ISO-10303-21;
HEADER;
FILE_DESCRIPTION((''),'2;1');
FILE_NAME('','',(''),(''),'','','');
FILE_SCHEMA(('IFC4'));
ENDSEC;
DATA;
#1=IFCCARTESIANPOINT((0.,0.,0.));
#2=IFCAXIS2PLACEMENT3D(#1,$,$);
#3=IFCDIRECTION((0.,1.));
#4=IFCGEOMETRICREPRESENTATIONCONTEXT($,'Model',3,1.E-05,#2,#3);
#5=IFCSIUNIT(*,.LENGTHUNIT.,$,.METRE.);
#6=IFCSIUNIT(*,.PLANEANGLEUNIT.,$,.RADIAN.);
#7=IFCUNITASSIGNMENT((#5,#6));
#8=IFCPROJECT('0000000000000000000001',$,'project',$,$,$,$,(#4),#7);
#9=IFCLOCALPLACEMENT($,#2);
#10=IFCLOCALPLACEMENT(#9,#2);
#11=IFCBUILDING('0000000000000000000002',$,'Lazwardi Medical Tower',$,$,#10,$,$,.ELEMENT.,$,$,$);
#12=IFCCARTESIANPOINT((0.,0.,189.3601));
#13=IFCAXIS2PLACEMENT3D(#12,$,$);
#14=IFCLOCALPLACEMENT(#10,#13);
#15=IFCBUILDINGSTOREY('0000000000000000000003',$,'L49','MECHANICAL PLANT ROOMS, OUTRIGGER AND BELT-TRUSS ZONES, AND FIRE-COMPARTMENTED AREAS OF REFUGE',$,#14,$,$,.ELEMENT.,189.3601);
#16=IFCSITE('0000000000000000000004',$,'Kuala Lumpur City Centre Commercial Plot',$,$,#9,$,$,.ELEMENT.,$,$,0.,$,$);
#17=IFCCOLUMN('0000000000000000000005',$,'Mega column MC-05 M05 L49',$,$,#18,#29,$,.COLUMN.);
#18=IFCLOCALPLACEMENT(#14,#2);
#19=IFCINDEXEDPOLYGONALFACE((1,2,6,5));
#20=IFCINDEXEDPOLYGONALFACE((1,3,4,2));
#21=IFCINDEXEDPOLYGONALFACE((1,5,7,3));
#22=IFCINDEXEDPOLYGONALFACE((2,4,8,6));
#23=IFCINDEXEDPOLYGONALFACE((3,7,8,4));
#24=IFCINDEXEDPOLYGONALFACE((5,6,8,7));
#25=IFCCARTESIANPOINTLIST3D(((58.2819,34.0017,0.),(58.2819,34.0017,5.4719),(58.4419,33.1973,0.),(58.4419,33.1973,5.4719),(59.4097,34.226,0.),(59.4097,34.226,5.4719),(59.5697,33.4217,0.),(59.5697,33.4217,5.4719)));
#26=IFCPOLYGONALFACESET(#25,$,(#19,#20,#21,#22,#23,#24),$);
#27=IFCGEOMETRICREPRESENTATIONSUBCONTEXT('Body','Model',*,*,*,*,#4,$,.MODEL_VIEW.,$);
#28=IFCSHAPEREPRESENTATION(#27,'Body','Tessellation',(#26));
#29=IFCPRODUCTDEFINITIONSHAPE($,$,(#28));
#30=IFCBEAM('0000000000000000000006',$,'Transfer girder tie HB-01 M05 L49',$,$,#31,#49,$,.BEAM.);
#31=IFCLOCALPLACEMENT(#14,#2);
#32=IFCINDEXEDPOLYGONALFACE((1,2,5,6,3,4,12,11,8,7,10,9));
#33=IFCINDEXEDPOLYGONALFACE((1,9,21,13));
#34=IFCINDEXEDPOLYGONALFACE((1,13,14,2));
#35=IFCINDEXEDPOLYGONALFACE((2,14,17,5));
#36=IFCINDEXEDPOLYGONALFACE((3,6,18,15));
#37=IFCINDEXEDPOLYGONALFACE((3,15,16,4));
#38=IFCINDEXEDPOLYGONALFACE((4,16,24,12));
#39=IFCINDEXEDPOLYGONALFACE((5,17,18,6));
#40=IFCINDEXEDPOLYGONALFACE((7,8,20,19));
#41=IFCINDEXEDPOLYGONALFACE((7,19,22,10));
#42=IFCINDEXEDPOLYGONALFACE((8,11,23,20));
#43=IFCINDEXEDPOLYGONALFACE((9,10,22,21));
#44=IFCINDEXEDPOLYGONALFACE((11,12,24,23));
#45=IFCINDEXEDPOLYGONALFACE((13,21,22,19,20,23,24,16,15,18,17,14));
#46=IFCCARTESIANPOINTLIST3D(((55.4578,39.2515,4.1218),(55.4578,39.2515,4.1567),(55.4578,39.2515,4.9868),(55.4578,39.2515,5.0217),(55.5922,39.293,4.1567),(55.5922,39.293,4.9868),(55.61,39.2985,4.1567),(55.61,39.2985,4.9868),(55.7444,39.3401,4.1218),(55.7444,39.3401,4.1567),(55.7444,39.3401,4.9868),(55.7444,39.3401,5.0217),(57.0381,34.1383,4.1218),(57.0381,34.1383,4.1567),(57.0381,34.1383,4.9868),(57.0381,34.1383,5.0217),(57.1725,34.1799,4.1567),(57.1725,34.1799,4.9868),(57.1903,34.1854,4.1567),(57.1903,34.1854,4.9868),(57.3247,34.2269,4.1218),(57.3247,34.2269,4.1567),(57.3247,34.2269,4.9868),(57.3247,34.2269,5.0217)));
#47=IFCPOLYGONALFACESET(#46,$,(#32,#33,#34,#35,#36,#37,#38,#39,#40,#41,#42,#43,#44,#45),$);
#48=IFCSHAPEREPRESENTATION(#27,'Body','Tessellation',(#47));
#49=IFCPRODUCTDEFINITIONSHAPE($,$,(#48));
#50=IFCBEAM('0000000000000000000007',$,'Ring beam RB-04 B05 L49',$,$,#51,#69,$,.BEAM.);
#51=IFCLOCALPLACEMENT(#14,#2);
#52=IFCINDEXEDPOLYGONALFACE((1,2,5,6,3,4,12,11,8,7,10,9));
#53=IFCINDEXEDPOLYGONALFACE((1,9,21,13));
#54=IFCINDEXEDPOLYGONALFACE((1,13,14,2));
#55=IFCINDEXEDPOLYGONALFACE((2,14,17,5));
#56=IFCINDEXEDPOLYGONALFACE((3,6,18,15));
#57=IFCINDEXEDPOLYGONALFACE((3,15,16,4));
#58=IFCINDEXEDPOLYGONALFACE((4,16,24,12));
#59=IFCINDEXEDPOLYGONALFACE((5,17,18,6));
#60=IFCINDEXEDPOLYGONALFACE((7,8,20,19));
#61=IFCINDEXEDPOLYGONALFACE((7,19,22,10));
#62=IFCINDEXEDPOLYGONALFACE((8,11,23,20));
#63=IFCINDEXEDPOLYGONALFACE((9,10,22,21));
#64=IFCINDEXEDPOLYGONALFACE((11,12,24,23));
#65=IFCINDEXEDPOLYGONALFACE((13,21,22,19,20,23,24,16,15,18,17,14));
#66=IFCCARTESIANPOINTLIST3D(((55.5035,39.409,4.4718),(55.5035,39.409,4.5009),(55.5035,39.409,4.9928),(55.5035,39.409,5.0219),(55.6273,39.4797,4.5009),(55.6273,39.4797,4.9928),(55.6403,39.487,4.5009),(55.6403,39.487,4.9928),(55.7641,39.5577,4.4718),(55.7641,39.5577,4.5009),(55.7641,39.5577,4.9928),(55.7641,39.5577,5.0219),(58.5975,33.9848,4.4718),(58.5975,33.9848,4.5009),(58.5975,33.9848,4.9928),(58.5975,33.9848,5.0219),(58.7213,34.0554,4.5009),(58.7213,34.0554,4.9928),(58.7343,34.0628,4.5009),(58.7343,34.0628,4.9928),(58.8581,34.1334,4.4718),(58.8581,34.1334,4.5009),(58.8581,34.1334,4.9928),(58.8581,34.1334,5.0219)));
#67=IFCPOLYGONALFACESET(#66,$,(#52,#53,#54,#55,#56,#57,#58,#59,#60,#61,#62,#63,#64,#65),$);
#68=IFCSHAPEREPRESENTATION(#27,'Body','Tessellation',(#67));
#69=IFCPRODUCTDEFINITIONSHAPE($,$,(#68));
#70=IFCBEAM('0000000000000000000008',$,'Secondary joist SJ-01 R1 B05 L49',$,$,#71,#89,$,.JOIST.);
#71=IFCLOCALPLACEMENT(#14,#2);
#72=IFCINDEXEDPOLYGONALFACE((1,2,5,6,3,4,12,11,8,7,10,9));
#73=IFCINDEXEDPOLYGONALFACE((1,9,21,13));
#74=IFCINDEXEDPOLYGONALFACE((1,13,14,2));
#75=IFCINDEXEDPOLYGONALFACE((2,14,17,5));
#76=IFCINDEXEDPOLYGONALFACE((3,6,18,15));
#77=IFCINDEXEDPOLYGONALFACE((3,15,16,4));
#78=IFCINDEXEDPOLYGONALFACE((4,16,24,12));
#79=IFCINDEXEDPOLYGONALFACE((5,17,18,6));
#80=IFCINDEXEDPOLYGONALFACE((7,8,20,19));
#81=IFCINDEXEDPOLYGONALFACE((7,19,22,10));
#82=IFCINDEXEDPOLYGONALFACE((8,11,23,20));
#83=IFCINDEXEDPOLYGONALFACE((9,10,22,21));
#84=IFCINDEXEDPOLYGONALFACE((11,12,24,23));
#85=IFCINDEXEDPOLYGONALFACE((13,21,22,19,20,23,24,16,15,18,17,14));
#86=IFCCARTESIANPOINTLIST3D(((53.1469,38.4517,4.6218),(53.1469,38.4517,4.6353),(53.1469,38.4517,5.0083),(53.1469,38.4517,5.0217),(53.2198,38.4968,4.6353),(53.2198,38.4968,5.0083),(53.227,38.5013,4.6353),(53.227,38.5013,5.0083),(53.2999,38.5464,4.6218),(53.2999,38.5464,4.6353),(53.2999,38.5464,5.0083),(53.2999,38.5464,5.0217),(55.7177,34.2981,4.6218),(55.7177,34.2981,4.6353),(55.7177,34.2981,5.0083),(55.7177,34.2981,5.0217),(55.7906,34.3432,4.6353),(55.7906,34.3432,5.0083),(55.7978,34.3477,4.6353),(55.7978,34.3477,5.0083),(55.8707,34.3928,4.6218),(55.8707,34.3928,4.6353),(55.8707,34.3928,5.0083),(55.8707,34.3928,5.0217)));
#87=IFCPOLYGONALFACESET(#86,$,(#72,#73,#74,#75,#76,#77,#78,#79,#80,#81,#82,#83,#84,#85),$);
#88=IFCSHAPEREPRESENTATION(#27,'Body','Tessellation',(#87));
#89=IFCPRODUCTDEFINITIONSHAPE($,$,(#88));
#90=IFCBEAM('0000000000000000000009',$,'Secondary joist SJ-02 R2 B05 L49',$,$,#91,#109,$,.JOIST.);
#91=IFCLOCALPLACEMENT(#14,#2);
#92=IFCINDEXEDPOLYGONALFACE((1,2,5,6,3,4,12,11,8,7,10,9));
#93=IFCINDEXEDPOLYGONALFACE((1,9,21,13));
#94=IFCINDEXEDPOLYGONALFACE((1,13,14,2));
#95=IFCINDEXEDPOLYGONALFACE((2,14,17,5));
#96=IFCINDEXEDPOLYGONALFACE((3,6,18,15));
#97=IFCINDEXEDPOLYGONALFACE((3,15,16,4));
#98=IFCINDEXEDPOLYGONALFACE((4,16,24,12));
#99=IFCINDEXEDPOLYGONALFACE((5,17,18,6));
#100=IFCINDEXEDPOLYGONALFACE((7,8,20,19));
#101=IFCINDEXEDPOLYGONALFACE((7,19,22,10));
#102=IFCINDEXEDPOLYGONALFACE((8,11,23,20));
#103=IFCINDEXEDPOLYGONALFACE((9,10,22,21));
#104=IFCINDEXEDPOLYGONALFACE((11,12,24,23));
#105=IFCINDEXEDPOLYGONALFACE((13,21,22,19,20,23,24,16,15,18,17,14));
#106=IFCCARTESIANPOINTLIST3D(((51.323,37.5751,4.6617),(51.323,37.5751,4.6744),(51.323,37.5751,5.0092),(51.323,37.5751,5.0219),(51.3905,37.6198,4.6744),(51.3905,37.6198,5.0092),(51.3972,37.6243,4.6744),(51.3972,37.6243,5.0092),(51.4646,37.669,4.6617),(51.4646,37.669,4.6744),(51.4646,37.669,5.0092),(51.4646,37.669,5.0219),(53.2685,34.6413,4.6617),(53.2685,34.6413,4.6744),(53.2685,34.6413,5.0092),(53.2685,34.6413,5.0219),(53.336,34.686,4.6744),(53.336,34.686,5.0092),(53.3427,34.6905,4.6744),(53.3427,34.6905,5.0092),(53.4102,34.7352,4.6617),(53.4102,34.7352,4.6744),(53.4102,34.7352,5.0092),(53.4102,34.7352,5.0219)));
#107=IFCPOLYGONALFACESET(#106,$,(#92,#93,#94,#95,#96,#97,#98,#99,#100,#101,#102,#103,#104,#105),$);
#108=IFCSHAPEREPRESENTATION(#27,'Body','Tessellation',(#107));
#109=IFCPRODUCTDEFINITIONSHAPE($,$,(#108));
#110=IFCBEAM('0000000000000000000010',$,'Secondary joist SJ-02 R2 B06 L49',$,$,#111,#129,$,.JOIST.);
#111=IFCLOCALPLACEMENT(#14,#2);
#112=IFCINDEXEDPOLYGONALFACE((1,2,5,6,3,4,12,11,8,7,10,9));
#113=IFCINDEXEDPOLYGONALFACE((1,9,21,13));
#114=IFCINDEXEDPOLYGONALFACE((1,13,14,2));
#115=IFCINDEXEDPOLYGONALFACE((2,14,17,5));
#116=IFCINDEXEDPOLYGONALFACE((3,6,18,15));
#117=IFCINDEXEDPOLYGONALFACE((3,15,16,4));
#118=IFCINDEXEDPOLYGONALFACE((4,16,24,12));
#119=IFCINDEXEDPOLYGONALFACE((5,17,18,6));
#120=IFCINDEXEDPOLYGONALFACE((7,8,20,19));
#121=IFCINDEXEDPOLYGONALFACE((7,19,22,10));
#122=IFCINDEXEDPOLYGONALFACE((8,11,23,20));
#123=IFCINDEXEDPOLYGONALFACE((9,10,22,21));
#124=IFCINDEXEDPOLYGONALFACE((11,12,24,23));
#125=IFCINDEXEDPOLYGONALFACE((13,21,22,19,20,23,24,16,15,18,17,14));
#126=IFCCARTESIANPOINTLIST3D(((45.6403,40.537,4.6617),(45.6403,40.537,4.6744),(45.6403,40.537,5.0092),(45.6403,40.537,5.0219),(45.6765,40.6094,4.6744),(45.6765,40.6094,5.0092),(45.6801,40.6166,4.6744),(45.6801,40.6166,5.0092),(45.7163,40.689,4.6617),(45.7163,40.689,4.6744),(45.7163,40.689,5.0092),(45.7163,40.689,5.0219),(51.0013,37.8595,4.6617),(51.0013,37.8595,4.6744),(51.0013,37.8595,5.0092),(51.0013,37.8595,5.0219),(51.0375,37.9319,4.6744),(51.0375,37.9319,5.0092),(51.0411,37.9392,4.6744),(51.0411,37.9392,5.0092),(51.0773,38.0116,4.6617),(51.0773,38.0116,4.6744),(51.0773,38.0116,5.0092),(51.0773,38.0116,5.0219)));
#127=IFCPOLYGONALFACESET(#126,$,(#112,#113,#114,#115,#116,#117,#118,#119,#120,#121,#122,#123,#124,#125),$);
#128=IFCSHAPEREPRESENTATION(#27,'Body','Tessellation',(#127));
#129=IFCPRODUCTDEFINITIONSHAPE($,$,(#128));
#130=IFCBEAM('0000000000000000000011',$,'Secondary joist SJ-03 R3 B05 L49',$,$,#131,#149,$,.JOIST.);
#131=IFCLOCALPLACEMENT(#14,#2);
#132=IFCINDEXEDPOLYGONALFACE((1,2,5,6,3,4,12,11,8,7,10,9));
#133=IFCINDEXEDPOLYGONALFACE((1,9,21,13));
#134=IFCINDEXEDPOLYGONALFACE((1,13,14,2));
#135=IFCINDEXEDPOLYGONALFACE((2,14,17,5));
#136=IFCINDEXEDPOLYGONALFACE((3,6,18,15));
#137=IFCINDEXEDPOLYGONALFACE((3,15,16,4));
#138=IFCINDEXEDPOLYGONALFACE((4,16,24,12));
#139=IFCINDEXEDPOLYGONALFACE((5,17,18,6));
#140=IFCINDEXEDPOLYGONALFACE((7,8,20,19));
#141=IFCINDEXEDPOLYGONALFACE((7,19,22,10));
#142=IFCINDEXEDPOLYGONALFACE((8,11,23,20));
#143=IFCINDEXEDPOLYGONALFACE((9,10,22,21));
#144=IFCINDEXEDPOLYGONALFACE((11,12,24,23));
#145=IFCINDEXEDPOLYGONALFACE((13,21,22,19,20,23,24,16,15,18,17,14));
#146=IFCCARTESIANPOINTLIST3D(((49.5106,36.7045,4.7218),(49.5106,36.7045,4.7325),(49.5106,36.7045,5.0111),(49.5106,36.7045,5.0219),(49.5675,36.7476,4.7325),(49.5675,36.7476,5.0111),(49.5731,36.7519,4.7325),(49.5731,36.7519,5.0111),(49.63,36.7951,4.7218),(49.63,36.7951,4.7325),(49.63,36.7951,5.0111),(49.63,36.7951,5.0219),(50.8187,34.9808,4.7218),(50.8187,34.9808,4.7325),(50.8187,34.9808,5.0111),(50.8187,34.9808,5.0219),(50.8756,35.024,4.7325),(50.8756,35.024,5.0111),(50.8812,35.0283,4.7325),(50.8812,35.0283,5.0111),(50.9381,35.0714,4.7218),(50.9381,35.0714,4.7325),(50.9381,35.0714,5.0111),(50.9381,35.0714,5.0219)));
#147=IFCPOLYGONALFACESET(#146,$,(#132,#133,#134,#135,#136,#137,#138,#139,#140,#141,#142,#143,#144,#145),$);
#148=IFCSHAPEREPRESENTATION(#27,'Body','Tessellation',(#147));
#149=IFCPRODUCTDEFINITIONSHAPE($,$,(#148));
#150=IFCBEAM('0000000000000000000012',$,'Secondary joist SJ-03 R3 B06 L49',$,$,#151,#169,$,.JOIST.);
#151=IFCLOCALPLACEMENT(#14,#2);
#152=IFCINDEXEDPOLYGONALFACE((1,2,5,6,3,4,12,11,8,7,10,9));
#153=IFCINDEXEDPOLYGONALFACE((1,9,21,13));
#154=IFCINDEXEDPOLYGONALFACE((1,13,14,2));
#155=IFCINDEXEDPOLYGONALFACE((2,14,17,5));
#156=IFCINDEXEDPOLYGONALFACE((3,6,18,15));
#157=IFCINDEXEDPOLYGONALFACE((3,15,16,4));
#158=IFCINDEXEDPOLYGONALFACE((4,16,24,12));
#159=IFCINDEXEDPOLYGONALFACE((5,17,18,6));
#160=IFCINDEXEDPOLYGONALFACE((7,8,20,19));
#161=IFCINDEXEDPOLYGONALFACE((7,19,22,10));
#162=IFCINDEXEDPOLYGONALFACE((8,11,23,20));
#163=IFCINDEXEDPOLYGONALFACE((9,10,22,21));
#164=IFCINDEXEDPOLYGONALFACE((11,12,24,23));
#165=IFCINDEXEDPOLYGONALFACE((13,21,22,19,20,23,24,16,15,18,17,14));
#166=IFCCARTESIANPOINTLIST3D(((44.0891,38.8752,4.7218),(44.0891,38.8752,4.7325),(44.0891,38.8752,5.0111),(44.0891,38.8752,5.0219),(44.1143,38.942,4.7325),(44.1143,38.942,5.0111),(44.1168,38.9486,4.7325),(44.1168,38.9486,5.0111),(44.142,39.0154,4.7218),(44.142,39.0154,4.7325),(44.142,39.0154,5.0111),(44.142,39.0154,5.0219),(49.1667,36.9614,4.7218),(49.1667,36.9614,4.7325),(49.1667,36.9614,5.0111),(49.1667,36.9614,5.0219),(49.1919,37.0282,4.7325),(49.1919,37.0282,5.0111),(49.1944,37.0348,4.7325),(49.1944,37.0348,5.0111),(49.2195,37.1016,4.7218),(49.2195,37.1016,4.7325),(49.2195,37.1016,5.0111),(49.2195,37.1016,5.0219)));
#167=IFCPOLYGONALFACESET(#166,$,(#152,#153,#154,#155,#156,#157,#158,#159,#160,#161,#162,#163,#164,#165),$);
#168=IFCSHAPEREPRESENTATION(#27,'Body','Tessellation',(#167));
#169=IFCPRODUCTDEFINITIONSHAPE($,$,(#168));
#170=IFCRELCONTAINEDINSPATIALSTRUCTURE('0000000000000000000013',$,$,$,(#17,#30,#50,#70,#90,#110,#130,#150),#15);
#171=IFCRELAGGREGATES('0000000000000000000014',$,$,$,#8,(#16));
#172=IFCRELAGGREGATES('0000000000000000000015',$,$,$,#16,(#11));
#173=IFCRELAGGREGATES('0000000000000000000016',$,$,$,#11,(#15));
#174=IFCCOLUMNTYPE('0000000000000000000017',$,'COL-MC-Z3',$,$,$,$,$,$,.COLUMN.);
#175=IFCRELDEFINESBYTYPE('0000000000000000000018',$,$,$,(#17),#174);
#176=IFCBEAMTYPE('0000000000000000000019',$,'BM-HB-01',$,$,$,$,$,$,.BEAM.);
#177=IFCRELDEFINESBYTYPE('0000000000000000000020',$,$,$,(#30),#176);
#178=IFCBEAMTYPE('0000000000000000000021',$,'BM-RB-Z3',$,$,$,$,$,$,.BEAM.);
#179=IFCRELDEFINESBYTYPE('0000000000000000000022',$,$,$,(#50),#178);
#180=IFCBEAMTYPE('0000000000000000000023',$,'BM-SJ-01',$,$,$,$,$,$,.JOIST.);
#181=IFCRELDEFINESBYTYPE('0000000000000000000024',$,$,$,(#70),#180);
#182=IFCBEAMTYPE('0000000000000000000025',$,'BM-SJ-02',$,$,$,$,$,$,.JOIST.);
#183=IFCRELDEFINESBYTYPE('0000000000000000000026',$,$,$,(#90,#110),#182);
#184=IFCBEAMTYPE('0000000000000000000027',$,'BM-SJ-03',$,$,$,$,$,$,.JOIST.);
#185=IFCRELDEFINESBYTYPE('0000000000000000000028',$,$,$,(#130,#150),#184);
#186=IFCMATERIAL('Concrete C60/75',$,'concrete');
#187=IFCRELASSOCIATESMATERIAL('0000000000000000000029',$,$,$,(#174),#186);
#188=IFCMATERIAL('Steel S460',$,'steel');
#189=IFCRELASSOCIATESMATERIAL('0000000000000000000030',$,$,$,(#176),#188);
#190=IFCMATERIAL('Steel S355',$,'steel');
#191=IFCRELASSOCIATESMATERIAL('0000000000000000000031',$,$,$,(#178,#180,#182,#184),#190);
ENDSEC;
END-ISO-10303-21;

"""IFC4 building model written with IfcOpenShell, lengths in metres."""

from ifc_helpers import new_model, si_unit, direction, frame, origin, origin_2d, place, context, subcontext, project, spatial, rectangle, i_section, extrude, material, material_profile, profile_set, type_object, element, save


model = new_model("IFC4")

# Units and contexts
model_context = context("Model", 3, precision=1e-05, world=origin(), true_north=direction((0.0, 1.0)))
body_context = subcontext(model_context, "Body", "Model", "MODEL_VIEW")
ifc_project = project(units=[si_unit("LENGTHUNIT", "METRE"), si_unit("PLANEANGLEUNIT", "RADIAN")], contexts=[model_context])

# Site, building, storey
site_placement = place(None, origin())
site = spatial("IfcSite", under=ifc_project, at=site_placement, Name="Kuala Lumpur City Centre Commercial Plot", CompositionType="ELEMENT", RefElevation=0.0)
building_placement = place(site_placement, origin())
building = spatial("IfcBuilding", under=site, at=building_placement, Name="Lazwardi Medical Tower", CompositionType="ELEMENT")
storey_placement = place(building_placement, frame((0.0, 0.0, 189.3601)))
storey = spatial("IfcBuildingStorey", under=building, at=storey_placement, Name="L49", Description="MECHANICAL PLANT ROOMS, OUTRIGGER AND BELT-TRUSS ZONES, AND FIRE-COMPARTMENTED AREAS OF REFUGE", CompositionType="ELEMENT", Elevation=189.3601)

# Column
ifc_material_1 = material(Name="Concrete C60/75", Category="concrete")
ifc_material_profile_1 = material_profile(ifc_material_1, rectangle(XDim=1.1499, YDim=0.8201, at=origin_2d()), Name="CFT-RECT 1150x820")
ifc_profile_set_1 = profile_set([ifc_material_profile_1], Name="Concrete C60/75")
column_type = type_object("IfcColumnType", Name="COL-MC-Z3", PredefinedType="COLUMN", material=ifc_profile_set_1)
column_placement = place(storey_placement, frame((58.9258, 33.7117, 0.0), z_axis=(0.0, 0.0, 1.0), x_axis=(0.980785, 0.19509, 0.0)))
element("IfcColumn", 1, at=column_placement, inside=storey, type_object=column_type, Name="Mega column MC-05 M05 L49", PredefinedType="COLUMN", context=body_context, shape_type="SweptSolid", body=[
    extrude(rectangle(XDim=1.1499, YDim=0.8201, at=origin_2d()), origin(), (0.0, 0.0, 1.0), 5.4719),
])

# Beams
ifc_material_2 = material(Name="Steel S460", Category="steel")
ifc_material_profile_2 = material_profile(ifc_material_2, i_section(OverallWidth=0.3, OverallDepth=0.8999, WebThickness=0.0186, FlangeThickness=0.0349, at=origin_2d()), Name="HEB 900")
ifc_profile_set_2 = profile_set([ifc_material_profile_2], Name="Steel S460")
beam_type_1 = type_object("IfcBeamType", Name="BM-HB-01", PredefinedType="BEAM", material=ifc_profile_set_2)
beam_1_placement = place(storey_placement, frame((57.1814, 34.1826, 4.5718), z_axis=(-0.295281, 0.95541, 0.0), x_axis=(-0.95541, -0.295281, 0.0)))
element("IfcBeam", 2, at=beam_1_placement, inside=storey, type_object=beam_type_1, Name="Transfer girder tie HB-01 M05 L49", PredefinedType="BEAM", context=body_context, shape_type="SweptSolid", body=[
    extrude(i_section(OverallWidth=0.3, OverallDepth=0.8999, WebThickness=0.0186, FlangeThickness=0.0349, at=origin_2d()), origin(), (0.0, 0.0, 1.0), 5.3518),
])
ifc_material_3 = material(Name="Steel S355", Category="steel")
ifc_material_profile_3 = material_profile(ifc_material_3, i_section(OverallWidth=0.3, OverallDepth=0.55, WebThickness=0.0149, FlangeThickness=0.0291, at=origin_2d()), Name="HEB 550")
ifc_profile_set_3 = profile_set([ifc_material_profile_3], Name="Steel S355")
beam_type_2 = type_object("IfcBeamType", Name="BM-RB-Z3", PredefinedType="BEAM", material=ifc_profile_set_3)
beam_2_placement = place(storey_placement, frame((58.7278, 34.0591, 4.7468), z_axis=(-0.495461, 0.86863, 0.0), x_axis=(-0.86863, -0.495461, 0.0)))
element("IfcBeam", 3, at=beam_2_placement, inside=storey, type_object=beam_type_2, Name="Ring beam RB-04 B05 L49", PredefinedType="BEAM", context=body_context, shape_type="SweptSolid", body=[
    extrude(i_section(OverallWidth=0.3, OverallDepth=0.55, WebThickness=0.0149, FlangeThickness=0.0291, at=origin_2d()), origin(), (0.0, 0.0, 1.0), 6.2446),
])
ifc_material_profile_4 = material_profile(ifc_material_3, i_section(OverallWidth=0.1799, OverallDepth=0.3999, WebThickness=0.0085, FlangeThickness=0.0134, at=origin_2d()), Name="IPE 400")
ifc_profile_set_4 = profile_set([ifc_material_profile_4], Name="Steel S355")
beam_type_3 = type_object("IfcBeamType", Name="BM-SJ-01", PredefinedType="JOIST", material=ifc_profile_set_4)
beam_3_placement = place(storey_placement, frame((55.7942, 34.3455, 4.8218), z_axis=(-0.526288, 0.850307, 0.0), x_axis=(-0.850307, -0.526288, 0.0)))
element("IfcBeam", 4, at=beam_3_placement, inside=storey, type_object=beam_type_3, Name="Secondary joist SJ-01 R1 B05 L49", PredefinedType="JOIST", context=body_context, shape_type="SweptSolid", body=[
    extrude(i_section(OverallWidth=0.1799, OverallDepth=0.3999, WebThickness=0.0085, FlangeThickness=0.0134, at=origin_2d()), origin(), (0.0, 0.0, 1.0), 4.8848),
])
ifc_material_profile_5 = material_profile(ifc_material_3, i_section(OverallWidth=0.1699, OverallDepth=0.3601, WebThickness=0.0081, FlangeThickness=0.0127, at=origin_2d()), Name="IPE 360")
ifc_profile_set_5 = profile_set([ifc_material_profile_5], Name="Steel S355")
beam_type_4 = type_object("IfcBeamType", Name="BM-SJ-02", PredefinedType="JOIST", material=ifc_profile_set_5)
beam_4_placement = place(storey_placement, frame((53.3394, 34.6882, 4.8418), z_axis=(-0.552666, 0.833403, 0.0), x_axis=(-0.833403, -0.552666, 0.0)))
element("IfcBeam", 5, at=beam_4_placement, inside=storey, type_object=beam_type_4, Name="Secondary joist SJ-02 R2 B05 L49", PredefinedType="JOIST", context=body_context, shape_type="SweptSolid", body=[
    extrude(i_section(OverallWidth=0.1699, OverallDepth=0.3601, WebThickness=0.0081, FlangeThickness=0.0127, at=origin_2d()), origin(), (0.0, 0.0, 1.0), 3.5203),
])
beam_5_placement = place(storey_placement, frame((51.0393, 37.9355, 4.8418), z_axis=(-0.894631, 0.446806, 0.0), x_axis=(-0.446806, -0.894631, 0.0)))
element("IfcBeam", 6, at=beam_5_placement, inside=storey, type_object=beam_type_4, Name="Secondary joist SJ-02 R2 B06 L49", PredefinedType="JOIST", context=body_context, shape_type="SweptSolid", body=[
    extrude(i_section(OverallWidth=0.1699, OverallDepth=0.3601, WebThickness=0.0081, FlangeThickness=0.0127, at=origin_2d()), origin(), (0.0, 0.0, 1.0), 5.9924),
])
ifc_material_profile_6 = material_profile(ifc_material_3, i_section(OverallWidth=0.1499, OverallDepth=0.3, WebThickness=0.0071, FlangeThickness=0.0107, at=origin_2d()), Name="IPE 300")
ifc_profile_set_6 = profile_set([ifc_material_profile_6], Name="Steel S355")
beam_type_5 = type_object("IfcBeamType", Name="BM-SJ-03", PredefinedType="JOIST", material=ifc_profile_set_6)
beam_6_placement = place(storey_placement, frame((50.8784, 35.0261, 4.8718), z_axis=(-0.60454, 0.796575, 0.0), x_axis=(-0.796575, -0.60454, 0.0)))
element("IfcBeam", 7, at=beam_6_placement, inside=storey, type_object=beam_type_5, Name="Secondary joist SJ-03 R3 B05 L49", PredefinedType="JOIST", context=body_context, shape_type="SweptSolid", body=[
    extrude(i_section(OverallWidth=0.1499, OverallDepth=0.3, WebThickness=0.0071, FlangeThickness=0.0107, at=origin_2d()), origin(), (0.0, 0.0, 1.0), 2.1638),
])
beam_7_placement = place(storey_placement, frame((49.1931, 37.0315, 4.8718), z_axis=(-0.93574, 0.352691, 0.0), x_axis=(-0.352691, -0.93574, 0.0)))
element("IfcBeam", 8, at=beam_7_placement, inside=storey, type_object=beam_type_5, Name="Secondary joist SJ-03 R3 B06 L49", PredefinedType="JOIST", context=body_context, shape_type="SweptSolid", body=[
    extrude(i_section(OverallWidth=0.1499, OverallDepth=0.3, WebThickness=0.0071, FlangeThickness=0.0107, at=origin_2d()), origin(), (0.0, 0.0, 1.0), 5.4263),
])

save(model, "model.ifc")
